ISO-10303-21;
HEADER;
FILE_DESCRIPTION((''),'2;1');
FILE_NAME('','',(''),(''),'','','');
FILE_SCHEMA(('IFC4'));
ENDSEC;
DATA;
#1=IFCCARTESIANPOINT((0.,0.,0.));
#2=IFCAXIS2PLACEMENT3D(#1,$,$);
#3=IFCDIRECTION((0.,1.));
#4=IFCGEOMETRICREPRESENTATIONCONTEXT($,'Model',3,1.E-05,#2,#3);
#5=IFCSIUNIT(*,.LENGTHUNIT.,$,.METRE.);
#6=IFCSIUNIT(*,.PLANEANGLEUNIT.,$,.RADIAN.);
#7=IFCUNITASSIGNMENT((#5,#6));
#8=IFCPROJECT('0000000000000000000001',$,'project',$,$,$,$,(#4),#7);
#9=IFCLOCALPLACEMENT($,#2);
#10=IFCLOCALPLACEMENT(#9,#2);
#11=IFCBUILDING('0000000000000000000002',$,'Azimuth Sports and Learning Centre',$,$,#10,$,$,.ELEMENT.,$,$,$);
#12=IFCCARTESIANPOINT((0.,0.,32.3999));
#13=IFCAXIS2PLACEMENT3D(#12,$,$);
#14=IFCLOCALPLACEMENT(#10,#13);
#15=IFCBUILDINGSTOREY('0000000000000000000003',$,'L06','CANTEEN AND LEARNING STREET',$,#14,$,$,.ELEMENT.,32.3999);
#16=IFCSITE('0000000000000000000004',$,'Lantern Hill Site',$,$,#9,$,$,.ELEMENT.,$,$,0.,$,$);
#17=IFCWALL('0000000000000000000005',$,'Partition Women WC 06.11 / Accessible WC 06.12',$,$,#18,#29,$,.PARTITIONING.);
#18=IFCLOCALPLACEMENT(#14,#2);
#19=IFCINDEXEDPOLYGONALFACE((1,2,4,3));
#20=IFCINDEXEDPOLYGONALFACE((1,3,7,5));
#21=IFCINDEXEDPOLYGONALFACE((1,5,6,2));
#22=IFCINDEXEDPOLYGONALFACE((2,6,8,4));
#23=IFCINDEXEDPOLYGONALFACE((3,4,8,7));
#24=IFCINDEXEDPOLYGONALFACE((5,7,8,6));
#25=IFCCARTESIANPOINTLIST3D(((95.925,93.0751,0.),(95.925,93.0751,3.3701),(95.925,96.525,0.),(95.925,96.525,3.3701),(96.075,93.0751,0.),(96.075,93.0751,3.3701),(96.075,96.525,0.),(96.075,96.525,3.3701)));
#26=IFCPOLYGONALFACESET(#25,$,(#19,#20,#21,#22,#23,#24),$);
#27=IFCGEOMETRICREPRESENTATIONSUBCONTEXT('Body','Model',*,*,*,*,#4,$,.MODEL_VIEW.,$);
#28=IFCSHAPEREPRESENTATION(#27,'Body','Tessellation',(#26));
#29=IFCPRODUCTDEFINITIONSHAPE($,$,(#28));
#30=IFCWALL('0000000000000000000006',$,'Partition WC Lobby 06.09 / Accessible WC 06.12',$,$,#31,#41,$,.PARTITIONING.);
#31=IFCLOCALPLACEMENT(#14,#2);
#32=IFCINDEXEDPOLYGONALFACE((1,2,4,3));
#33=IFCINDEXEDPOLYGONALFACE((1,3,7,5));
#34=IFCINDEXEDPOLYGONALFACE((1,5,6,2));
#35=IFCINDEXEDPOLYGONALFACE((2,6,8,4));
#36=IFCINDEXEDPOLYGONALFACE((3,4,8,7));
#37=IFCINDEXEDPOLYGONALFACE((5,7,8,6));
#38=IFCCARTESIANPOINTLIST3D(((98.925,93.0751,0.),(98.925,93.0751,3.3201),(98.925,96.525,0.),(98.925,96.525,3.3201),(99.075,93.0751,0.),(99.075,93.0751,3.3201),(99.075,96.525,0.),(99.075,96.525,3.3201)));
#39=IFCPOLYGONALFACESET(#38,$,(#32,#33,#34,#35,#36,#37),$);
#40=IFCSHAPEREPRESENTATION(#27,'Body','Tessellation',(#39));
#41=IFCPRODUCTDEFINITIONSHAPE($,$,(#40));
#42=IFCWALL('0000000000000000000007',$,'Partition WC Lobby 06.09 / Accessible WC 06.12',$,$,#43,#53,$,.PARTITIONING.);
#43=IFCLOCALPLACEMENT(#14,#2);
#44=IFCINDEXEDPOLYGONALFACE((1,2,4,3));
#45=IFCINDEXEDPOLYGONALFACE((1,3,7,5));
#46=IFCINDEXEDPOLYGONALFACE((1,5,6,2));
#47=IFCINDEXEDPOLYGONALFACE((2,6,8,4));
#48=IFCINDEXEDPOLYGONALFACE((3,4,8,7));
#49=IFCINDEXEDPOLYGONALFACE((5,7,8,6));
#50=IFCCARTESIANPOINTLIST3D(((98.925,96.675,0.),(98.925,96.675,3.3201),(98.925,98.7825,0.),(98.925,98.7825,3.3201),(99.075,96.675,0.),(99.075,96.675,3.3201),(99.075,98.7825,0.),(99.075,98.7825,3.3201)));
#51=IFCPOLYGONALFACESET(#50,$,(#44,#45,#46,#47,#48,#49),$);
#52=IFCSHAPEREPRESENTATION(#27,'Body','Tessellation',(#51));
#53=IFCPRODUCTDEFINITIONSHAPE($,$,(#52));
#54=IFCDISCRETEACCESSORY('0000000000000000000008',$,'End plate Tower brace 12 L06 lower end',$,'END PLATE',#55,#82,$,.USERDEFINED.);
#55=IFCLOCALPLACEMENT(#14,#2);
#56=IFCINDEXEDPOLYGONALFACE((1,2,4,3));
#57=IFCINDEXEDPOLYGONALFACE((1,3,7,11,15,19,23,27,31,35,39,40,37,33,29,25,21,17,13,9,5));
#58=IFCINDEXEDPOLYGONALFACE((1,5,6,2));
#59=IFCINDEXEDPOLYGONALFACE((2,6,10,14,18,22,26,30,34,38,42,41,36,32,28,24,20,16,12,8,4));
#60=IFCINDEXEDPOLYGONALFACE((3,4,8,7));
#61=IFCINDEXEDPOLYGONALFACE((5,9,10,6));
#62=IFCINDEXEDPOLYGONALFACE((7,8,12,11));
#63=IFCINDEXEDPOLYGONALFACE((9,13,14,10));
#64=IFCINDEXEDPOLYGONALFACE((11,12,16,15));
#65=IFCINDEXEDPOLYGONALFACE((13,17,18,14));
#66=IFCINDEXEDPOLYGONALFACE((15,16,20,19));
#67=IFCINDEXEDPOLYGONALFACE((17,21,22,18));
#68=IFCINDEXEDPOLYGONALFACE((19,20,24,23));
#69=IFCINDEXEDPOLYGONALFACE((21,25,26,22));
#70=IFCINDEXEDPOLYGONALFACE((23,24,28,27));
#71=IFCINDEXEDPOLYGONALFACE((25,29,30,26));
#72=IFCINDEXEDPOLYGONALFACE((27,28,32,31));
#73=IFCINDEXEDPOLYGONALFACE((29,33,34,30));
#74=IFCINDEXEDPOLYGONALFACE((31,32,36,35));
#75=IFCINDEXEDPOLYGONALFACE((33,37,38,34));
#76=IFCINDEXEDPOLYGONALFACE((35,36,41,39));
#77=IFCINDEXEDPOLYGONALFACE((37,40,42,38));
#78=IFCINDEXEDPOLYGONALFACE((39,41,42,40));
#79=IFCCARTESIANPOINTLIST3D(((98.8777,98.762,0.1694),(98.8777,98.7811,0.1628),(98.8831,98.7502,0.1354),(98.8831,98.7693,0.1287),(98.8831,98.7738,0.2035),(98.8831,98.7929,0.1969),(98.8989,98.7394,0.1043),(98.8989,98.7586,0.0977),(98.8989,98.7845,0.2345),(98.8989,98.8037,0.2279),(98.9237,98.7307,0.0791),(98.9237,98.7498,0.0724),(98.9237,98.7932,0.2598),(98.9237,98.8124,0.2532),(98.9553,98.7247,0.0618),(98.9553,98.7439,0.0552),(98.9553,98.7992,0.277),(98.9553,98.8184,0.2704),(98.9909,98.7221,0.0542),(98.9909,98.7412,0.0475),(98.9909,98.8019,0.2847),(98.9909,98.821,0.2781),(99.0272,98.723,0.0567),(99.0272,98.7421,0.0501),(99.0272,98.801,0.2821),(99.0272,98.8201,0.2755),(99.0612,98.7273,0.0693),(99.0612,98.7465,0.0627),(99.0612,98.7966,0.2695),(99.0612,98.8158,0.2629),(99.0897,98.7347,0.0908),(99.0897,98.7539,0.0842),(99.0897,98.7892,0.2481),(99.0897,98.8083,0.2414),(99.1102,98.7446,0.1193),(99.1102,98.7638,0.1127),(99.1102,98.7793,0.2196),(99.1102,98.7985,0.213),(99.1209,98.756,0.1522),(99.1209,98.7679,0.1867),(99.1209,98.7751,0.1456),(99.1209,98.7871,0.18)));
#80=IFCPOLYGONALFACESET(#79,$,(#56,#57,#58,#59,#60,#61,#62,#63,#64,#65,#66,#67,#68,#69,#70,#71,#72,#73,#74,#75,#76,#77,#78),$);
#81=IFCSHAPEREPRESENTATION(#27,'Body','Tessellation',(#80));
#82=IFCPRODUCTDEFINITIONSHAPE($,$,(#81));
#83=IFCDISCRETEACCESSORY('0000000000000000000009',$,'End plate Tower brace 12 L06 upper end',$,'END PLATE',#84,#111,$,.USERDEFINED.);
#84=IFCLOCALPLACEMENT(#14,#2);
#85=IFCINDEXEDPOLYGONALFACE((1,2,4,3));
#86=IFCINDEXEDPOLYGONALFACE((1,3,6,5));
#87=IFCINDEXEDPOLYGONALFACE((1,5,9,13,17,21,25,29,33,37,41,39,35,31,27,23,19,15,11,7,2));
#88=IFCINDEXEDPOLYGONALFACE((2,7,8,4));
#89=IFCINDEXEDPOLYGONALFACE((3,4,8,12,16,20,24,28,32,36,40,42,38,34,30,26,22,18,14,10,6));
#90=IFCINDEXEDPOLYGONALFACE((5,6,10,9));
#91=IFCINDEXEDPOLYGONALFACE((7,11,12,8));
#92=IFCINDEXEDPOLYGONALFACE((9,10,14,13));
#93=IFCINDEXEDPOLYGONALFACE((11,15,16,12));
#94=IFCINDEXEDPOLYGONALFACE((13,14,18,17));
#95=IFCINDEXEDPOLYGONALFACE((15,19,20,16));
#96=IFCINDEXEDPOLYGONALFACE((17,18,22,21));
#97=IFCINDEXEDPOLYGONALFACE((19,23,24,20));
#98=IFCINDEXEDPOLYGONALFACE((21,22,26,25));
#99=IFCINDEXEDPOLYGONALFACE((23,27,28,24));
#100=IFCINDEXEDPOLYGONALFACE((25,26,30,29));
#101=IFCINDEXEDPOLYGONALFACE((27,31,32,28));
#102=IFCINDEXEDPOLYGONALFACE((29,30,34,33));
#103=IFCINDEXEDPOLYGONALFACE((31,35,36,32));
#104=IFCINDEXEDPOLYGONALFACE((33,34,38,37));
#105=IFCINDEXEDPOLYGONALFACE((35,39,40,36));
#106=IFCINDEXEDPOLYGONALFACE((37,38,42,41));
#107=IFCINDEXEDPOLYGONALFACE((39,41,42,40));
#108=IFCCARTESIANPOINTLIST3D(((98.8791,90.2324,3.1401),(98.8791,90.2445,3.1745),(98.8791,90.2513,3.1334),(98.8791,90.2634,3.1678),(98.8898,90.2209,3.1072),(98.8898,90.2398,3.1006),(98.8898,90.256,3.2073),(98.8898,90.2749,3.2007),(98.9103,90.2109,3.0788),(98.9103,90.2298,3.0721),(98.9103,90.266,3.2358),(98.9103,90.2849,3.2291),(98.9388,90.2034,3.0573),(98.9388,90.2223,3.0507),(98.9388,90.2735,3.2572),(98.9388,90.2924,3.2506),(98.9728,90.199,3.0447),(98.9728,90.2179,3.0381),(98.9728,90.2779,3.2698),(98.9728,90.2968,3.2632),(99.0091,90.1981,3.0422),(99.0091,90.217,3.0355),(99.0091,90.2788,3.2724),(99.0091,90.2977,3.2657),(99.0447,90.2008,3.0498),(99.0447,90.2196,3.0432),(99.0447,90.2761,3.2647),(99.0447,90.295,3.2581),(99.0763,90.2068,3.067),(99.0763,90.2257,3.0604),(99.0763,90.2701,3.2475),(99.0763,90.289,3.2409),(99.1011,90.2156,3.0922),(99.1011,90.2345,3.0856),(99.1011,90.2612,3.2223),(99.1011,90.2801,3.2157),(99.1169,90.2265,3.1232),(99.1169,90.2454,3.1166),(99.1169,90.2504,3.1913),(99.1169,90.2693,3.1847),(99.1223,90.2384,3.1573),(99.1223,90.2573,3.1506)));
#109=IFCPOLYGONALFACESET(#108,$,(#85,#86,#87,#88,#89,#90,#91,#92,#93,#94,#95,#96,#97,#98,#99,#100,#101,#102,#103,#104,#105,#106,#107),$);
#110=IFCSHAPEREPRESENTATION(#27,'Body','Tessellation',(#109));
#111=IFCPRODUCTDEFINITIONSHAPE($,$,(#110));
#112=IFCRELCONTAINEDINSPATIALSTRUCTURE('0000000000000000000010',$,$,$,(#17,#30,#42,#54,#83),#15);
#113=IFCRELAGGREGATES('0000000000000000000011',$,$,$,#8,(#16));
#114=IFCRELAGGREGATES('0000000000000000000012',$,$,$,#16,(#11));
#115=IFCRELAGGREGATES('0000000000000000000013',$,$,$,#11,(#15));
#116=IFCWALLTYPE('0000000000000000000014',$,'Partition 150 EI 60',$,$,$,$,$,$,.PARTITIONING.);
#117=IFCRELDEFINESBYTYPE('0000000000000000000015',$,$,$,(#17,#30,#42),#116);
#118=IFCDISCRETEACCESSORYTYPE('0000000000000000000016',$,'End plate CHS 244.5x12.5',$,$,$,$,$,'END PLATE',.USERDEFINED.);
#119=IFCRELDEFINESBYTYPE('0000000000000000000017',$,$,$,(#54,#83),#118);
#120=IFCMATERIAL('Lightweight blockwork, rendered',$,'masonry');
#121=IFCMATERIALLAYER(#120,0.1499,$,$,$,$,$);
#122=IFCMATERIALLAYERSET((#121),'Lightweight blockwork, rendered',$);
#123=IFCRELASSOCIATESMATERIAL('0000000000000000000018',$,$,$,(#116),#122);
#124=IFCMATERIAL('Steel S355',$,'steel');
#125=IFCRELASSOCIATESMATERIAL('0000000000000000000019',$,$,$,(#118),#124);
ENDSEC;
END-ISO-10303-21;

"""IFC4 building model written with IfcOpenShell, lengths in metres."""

from ifc_helpers import new_model, si_unit, direction, frame, frame_2d, origin, origin_2d, place, context, subcontext, project, spatial, rectangle, circle, extrude, material, layer, layer_set, material_profile, profile_set, type_object, element, save


model = new_model("IFC4")

# Units and contexts
model_context = context("Model", 3, precision=1e-05, world=origin(), true_north=direction((0.0, 1.0)))
body_context = subcontext(model_context, "Body", "Model", "MODEL_VIEW")
ifc_project = project(units=[si_unit("LENGTHUNIT", "METRE"), si_unit("PLANEANGLEUNIT", "RADIAN")], contexts=[model_context])

# Site, building, storey
site_placement = place(None, origin())
site = spatial("IfcSite", under=ifc_project, at=site_placement, Name="Lantern Hill Site", CompositionType="ELEMENT", RefElevation=0.0)
building_placement = place(site_placement, origin())
building = spatial("IfcBuilding", under=site, at=building_placement, Name="Azimuth Sports and Learning Centre", CompositionType="ELEMENT")
storey_placement = place(building_placement, frame((0.0, 0.0, 32.3999)))
storey = spatial("IfcBuildingStorey", under=building, at=storey_placement, Name="L06", Description="CANTEEN AND LEARNING STREET", CompositionType="ELEMENT", Elevation=32.3999)

# Walls
ifc_material_1 = material(Name="Lightweight blockwork, rendered", Category="masonry")
ifc_layer_1 = layer(ifc_material_1, 0.1499)
ifc_layer_set_1 = layer_set([ifc_layer_1], Name="Lightweight blockwork, rendered")
wall_type_1 = type_object("IfcWallType", Name="Partition 150 EI 60", PredefinedType="PARTITIONING", material=ifc_layer_set_1)
wall_1_placement = place(storey_placement, frame((96.0, 93.075, 0.0), z_axis=(0.0, 0.0, 1.0), x_axis=(0.0, 1.0, 0.0)))
element("IfcWall", 1, at=wall_1_placement, inside=storey, type_object=wall_type_1, Name="Partition Women WC 06.11 / Accessible WC 06.12", PredefinedType="PARTITIONING", context=body_context, shape_type="SweptSolid", body=[
    extrude(rectangle(XDim=3.45, YDim=0.1499, at=frame_2d((1.7251, 0.0))), origin(), (0.0, 0.0, 1.0), 3.3701),
])
wall_2_placement = place(storey_placement, frame((99.0, 93.075, 0.0), z_axis=(0.0, 0.0, 1.0), x_axis=(0.0, 1.0, 0.0)))
element("IfcWall", 2, at=wall_2_placement, inside=storey, type_object=wall_type_1, Name="Partition WC Lobby 06.09 / Accessible WC 06.12", PredefinedType="PARTITIONING", context=body_context, shape_type="SweptSolid", body=[
    extrude(rectangle(XDim=3.45, YDim=0.1499, at=frame_2d((1.7251, 0.0))), origin(), (0.0, 0.0, 1.0), 3.3201),
])
wall_3_placement = place(storey_placement, frame((99.0, 96.675, 0.0), z_axis=(0.0, 0.0, 1.0), x_axis=(0.0, 1.0, 0.0)))
element("IfcWall", 3, at=wall_3_placement, inside=storey, type_object=wall_type_1, Name="Partition WC Lobby 06.09 / Accessible WC 06.12", PredefinedType="PARTITIONING", context=body_context, shape_type="SweptSolid", body=[
    extrude(rectangle(XDim=2.1074, YDim=0.1499, at=frame_2d((1.0537, 0.0))), origin(), (0.0, 0.0, 1.0), 3.3201),
])

# Discrete accessories
ifc_material_2 = material(Name="Steel S355", Category="steel")
ifc_material_profile_1 = material_profile(ifc_material_2, circle(Radius=0.1223, at=origin_2d()), Name="PL 244 DISC")
ifc_profile_set_1 = profile_set([ifc_material_profile_1], Name="Steel S355")
discrete_accessory_type = type_object("IfcDiscreteAccessoryType", Name="End plate CHS 244.5x12.5", ElementType="END PLATE", PredefinedType="USERDEFINED", material=ifc_profile_set_1)
discrete_accessory_1_placement = place(storey_placement, frame((99.0, 98.762, 0.1694), z_axis=(0.0, 0.944986, -0.327111), x_axis=(-1.0, 0.0, 0.0)))
element("IfcDiscreteAccessory", 4, at=discrete_accessory_1_placement, inside=storey, type_object=discrete_accessory_type, Name="End plate Tower brace 12 L06 lower end", ObjectType="END PLATE", PredefinedType="USERDEFINED", context=body_context, shape_type="SweptSolid", body=[
    extrude(circle(Radius=0.1223, at=origin_2d()), origin(), (0.0, 0.0, 1.0), 0.0203),
])
discrete_accessory_2_placement = place(storey_placement, frame((99.0, 90.2573, 3.1506), z_axis=(0.0, -0.943667, 0.330896), x_axis=(1.0, 0.0, 0.0)))
element("IfcDiscreteAccessory", 5, at=discrete_accessory_2_placement, inside=storey, type_object=discrete_accessory_type, Name="End plate Tower brace 12 L06 upper end", ObjectType="END PLATE", PredefinedType="USERDEFINED", context=body_context, shape_type="SweptSolid", body=[
    extrude(circle(Radius=0.1223, at=origin_2d()), origin(), (0.0, 0.0, 1.0), 0.02),
])

save(model, "model.ifc")
